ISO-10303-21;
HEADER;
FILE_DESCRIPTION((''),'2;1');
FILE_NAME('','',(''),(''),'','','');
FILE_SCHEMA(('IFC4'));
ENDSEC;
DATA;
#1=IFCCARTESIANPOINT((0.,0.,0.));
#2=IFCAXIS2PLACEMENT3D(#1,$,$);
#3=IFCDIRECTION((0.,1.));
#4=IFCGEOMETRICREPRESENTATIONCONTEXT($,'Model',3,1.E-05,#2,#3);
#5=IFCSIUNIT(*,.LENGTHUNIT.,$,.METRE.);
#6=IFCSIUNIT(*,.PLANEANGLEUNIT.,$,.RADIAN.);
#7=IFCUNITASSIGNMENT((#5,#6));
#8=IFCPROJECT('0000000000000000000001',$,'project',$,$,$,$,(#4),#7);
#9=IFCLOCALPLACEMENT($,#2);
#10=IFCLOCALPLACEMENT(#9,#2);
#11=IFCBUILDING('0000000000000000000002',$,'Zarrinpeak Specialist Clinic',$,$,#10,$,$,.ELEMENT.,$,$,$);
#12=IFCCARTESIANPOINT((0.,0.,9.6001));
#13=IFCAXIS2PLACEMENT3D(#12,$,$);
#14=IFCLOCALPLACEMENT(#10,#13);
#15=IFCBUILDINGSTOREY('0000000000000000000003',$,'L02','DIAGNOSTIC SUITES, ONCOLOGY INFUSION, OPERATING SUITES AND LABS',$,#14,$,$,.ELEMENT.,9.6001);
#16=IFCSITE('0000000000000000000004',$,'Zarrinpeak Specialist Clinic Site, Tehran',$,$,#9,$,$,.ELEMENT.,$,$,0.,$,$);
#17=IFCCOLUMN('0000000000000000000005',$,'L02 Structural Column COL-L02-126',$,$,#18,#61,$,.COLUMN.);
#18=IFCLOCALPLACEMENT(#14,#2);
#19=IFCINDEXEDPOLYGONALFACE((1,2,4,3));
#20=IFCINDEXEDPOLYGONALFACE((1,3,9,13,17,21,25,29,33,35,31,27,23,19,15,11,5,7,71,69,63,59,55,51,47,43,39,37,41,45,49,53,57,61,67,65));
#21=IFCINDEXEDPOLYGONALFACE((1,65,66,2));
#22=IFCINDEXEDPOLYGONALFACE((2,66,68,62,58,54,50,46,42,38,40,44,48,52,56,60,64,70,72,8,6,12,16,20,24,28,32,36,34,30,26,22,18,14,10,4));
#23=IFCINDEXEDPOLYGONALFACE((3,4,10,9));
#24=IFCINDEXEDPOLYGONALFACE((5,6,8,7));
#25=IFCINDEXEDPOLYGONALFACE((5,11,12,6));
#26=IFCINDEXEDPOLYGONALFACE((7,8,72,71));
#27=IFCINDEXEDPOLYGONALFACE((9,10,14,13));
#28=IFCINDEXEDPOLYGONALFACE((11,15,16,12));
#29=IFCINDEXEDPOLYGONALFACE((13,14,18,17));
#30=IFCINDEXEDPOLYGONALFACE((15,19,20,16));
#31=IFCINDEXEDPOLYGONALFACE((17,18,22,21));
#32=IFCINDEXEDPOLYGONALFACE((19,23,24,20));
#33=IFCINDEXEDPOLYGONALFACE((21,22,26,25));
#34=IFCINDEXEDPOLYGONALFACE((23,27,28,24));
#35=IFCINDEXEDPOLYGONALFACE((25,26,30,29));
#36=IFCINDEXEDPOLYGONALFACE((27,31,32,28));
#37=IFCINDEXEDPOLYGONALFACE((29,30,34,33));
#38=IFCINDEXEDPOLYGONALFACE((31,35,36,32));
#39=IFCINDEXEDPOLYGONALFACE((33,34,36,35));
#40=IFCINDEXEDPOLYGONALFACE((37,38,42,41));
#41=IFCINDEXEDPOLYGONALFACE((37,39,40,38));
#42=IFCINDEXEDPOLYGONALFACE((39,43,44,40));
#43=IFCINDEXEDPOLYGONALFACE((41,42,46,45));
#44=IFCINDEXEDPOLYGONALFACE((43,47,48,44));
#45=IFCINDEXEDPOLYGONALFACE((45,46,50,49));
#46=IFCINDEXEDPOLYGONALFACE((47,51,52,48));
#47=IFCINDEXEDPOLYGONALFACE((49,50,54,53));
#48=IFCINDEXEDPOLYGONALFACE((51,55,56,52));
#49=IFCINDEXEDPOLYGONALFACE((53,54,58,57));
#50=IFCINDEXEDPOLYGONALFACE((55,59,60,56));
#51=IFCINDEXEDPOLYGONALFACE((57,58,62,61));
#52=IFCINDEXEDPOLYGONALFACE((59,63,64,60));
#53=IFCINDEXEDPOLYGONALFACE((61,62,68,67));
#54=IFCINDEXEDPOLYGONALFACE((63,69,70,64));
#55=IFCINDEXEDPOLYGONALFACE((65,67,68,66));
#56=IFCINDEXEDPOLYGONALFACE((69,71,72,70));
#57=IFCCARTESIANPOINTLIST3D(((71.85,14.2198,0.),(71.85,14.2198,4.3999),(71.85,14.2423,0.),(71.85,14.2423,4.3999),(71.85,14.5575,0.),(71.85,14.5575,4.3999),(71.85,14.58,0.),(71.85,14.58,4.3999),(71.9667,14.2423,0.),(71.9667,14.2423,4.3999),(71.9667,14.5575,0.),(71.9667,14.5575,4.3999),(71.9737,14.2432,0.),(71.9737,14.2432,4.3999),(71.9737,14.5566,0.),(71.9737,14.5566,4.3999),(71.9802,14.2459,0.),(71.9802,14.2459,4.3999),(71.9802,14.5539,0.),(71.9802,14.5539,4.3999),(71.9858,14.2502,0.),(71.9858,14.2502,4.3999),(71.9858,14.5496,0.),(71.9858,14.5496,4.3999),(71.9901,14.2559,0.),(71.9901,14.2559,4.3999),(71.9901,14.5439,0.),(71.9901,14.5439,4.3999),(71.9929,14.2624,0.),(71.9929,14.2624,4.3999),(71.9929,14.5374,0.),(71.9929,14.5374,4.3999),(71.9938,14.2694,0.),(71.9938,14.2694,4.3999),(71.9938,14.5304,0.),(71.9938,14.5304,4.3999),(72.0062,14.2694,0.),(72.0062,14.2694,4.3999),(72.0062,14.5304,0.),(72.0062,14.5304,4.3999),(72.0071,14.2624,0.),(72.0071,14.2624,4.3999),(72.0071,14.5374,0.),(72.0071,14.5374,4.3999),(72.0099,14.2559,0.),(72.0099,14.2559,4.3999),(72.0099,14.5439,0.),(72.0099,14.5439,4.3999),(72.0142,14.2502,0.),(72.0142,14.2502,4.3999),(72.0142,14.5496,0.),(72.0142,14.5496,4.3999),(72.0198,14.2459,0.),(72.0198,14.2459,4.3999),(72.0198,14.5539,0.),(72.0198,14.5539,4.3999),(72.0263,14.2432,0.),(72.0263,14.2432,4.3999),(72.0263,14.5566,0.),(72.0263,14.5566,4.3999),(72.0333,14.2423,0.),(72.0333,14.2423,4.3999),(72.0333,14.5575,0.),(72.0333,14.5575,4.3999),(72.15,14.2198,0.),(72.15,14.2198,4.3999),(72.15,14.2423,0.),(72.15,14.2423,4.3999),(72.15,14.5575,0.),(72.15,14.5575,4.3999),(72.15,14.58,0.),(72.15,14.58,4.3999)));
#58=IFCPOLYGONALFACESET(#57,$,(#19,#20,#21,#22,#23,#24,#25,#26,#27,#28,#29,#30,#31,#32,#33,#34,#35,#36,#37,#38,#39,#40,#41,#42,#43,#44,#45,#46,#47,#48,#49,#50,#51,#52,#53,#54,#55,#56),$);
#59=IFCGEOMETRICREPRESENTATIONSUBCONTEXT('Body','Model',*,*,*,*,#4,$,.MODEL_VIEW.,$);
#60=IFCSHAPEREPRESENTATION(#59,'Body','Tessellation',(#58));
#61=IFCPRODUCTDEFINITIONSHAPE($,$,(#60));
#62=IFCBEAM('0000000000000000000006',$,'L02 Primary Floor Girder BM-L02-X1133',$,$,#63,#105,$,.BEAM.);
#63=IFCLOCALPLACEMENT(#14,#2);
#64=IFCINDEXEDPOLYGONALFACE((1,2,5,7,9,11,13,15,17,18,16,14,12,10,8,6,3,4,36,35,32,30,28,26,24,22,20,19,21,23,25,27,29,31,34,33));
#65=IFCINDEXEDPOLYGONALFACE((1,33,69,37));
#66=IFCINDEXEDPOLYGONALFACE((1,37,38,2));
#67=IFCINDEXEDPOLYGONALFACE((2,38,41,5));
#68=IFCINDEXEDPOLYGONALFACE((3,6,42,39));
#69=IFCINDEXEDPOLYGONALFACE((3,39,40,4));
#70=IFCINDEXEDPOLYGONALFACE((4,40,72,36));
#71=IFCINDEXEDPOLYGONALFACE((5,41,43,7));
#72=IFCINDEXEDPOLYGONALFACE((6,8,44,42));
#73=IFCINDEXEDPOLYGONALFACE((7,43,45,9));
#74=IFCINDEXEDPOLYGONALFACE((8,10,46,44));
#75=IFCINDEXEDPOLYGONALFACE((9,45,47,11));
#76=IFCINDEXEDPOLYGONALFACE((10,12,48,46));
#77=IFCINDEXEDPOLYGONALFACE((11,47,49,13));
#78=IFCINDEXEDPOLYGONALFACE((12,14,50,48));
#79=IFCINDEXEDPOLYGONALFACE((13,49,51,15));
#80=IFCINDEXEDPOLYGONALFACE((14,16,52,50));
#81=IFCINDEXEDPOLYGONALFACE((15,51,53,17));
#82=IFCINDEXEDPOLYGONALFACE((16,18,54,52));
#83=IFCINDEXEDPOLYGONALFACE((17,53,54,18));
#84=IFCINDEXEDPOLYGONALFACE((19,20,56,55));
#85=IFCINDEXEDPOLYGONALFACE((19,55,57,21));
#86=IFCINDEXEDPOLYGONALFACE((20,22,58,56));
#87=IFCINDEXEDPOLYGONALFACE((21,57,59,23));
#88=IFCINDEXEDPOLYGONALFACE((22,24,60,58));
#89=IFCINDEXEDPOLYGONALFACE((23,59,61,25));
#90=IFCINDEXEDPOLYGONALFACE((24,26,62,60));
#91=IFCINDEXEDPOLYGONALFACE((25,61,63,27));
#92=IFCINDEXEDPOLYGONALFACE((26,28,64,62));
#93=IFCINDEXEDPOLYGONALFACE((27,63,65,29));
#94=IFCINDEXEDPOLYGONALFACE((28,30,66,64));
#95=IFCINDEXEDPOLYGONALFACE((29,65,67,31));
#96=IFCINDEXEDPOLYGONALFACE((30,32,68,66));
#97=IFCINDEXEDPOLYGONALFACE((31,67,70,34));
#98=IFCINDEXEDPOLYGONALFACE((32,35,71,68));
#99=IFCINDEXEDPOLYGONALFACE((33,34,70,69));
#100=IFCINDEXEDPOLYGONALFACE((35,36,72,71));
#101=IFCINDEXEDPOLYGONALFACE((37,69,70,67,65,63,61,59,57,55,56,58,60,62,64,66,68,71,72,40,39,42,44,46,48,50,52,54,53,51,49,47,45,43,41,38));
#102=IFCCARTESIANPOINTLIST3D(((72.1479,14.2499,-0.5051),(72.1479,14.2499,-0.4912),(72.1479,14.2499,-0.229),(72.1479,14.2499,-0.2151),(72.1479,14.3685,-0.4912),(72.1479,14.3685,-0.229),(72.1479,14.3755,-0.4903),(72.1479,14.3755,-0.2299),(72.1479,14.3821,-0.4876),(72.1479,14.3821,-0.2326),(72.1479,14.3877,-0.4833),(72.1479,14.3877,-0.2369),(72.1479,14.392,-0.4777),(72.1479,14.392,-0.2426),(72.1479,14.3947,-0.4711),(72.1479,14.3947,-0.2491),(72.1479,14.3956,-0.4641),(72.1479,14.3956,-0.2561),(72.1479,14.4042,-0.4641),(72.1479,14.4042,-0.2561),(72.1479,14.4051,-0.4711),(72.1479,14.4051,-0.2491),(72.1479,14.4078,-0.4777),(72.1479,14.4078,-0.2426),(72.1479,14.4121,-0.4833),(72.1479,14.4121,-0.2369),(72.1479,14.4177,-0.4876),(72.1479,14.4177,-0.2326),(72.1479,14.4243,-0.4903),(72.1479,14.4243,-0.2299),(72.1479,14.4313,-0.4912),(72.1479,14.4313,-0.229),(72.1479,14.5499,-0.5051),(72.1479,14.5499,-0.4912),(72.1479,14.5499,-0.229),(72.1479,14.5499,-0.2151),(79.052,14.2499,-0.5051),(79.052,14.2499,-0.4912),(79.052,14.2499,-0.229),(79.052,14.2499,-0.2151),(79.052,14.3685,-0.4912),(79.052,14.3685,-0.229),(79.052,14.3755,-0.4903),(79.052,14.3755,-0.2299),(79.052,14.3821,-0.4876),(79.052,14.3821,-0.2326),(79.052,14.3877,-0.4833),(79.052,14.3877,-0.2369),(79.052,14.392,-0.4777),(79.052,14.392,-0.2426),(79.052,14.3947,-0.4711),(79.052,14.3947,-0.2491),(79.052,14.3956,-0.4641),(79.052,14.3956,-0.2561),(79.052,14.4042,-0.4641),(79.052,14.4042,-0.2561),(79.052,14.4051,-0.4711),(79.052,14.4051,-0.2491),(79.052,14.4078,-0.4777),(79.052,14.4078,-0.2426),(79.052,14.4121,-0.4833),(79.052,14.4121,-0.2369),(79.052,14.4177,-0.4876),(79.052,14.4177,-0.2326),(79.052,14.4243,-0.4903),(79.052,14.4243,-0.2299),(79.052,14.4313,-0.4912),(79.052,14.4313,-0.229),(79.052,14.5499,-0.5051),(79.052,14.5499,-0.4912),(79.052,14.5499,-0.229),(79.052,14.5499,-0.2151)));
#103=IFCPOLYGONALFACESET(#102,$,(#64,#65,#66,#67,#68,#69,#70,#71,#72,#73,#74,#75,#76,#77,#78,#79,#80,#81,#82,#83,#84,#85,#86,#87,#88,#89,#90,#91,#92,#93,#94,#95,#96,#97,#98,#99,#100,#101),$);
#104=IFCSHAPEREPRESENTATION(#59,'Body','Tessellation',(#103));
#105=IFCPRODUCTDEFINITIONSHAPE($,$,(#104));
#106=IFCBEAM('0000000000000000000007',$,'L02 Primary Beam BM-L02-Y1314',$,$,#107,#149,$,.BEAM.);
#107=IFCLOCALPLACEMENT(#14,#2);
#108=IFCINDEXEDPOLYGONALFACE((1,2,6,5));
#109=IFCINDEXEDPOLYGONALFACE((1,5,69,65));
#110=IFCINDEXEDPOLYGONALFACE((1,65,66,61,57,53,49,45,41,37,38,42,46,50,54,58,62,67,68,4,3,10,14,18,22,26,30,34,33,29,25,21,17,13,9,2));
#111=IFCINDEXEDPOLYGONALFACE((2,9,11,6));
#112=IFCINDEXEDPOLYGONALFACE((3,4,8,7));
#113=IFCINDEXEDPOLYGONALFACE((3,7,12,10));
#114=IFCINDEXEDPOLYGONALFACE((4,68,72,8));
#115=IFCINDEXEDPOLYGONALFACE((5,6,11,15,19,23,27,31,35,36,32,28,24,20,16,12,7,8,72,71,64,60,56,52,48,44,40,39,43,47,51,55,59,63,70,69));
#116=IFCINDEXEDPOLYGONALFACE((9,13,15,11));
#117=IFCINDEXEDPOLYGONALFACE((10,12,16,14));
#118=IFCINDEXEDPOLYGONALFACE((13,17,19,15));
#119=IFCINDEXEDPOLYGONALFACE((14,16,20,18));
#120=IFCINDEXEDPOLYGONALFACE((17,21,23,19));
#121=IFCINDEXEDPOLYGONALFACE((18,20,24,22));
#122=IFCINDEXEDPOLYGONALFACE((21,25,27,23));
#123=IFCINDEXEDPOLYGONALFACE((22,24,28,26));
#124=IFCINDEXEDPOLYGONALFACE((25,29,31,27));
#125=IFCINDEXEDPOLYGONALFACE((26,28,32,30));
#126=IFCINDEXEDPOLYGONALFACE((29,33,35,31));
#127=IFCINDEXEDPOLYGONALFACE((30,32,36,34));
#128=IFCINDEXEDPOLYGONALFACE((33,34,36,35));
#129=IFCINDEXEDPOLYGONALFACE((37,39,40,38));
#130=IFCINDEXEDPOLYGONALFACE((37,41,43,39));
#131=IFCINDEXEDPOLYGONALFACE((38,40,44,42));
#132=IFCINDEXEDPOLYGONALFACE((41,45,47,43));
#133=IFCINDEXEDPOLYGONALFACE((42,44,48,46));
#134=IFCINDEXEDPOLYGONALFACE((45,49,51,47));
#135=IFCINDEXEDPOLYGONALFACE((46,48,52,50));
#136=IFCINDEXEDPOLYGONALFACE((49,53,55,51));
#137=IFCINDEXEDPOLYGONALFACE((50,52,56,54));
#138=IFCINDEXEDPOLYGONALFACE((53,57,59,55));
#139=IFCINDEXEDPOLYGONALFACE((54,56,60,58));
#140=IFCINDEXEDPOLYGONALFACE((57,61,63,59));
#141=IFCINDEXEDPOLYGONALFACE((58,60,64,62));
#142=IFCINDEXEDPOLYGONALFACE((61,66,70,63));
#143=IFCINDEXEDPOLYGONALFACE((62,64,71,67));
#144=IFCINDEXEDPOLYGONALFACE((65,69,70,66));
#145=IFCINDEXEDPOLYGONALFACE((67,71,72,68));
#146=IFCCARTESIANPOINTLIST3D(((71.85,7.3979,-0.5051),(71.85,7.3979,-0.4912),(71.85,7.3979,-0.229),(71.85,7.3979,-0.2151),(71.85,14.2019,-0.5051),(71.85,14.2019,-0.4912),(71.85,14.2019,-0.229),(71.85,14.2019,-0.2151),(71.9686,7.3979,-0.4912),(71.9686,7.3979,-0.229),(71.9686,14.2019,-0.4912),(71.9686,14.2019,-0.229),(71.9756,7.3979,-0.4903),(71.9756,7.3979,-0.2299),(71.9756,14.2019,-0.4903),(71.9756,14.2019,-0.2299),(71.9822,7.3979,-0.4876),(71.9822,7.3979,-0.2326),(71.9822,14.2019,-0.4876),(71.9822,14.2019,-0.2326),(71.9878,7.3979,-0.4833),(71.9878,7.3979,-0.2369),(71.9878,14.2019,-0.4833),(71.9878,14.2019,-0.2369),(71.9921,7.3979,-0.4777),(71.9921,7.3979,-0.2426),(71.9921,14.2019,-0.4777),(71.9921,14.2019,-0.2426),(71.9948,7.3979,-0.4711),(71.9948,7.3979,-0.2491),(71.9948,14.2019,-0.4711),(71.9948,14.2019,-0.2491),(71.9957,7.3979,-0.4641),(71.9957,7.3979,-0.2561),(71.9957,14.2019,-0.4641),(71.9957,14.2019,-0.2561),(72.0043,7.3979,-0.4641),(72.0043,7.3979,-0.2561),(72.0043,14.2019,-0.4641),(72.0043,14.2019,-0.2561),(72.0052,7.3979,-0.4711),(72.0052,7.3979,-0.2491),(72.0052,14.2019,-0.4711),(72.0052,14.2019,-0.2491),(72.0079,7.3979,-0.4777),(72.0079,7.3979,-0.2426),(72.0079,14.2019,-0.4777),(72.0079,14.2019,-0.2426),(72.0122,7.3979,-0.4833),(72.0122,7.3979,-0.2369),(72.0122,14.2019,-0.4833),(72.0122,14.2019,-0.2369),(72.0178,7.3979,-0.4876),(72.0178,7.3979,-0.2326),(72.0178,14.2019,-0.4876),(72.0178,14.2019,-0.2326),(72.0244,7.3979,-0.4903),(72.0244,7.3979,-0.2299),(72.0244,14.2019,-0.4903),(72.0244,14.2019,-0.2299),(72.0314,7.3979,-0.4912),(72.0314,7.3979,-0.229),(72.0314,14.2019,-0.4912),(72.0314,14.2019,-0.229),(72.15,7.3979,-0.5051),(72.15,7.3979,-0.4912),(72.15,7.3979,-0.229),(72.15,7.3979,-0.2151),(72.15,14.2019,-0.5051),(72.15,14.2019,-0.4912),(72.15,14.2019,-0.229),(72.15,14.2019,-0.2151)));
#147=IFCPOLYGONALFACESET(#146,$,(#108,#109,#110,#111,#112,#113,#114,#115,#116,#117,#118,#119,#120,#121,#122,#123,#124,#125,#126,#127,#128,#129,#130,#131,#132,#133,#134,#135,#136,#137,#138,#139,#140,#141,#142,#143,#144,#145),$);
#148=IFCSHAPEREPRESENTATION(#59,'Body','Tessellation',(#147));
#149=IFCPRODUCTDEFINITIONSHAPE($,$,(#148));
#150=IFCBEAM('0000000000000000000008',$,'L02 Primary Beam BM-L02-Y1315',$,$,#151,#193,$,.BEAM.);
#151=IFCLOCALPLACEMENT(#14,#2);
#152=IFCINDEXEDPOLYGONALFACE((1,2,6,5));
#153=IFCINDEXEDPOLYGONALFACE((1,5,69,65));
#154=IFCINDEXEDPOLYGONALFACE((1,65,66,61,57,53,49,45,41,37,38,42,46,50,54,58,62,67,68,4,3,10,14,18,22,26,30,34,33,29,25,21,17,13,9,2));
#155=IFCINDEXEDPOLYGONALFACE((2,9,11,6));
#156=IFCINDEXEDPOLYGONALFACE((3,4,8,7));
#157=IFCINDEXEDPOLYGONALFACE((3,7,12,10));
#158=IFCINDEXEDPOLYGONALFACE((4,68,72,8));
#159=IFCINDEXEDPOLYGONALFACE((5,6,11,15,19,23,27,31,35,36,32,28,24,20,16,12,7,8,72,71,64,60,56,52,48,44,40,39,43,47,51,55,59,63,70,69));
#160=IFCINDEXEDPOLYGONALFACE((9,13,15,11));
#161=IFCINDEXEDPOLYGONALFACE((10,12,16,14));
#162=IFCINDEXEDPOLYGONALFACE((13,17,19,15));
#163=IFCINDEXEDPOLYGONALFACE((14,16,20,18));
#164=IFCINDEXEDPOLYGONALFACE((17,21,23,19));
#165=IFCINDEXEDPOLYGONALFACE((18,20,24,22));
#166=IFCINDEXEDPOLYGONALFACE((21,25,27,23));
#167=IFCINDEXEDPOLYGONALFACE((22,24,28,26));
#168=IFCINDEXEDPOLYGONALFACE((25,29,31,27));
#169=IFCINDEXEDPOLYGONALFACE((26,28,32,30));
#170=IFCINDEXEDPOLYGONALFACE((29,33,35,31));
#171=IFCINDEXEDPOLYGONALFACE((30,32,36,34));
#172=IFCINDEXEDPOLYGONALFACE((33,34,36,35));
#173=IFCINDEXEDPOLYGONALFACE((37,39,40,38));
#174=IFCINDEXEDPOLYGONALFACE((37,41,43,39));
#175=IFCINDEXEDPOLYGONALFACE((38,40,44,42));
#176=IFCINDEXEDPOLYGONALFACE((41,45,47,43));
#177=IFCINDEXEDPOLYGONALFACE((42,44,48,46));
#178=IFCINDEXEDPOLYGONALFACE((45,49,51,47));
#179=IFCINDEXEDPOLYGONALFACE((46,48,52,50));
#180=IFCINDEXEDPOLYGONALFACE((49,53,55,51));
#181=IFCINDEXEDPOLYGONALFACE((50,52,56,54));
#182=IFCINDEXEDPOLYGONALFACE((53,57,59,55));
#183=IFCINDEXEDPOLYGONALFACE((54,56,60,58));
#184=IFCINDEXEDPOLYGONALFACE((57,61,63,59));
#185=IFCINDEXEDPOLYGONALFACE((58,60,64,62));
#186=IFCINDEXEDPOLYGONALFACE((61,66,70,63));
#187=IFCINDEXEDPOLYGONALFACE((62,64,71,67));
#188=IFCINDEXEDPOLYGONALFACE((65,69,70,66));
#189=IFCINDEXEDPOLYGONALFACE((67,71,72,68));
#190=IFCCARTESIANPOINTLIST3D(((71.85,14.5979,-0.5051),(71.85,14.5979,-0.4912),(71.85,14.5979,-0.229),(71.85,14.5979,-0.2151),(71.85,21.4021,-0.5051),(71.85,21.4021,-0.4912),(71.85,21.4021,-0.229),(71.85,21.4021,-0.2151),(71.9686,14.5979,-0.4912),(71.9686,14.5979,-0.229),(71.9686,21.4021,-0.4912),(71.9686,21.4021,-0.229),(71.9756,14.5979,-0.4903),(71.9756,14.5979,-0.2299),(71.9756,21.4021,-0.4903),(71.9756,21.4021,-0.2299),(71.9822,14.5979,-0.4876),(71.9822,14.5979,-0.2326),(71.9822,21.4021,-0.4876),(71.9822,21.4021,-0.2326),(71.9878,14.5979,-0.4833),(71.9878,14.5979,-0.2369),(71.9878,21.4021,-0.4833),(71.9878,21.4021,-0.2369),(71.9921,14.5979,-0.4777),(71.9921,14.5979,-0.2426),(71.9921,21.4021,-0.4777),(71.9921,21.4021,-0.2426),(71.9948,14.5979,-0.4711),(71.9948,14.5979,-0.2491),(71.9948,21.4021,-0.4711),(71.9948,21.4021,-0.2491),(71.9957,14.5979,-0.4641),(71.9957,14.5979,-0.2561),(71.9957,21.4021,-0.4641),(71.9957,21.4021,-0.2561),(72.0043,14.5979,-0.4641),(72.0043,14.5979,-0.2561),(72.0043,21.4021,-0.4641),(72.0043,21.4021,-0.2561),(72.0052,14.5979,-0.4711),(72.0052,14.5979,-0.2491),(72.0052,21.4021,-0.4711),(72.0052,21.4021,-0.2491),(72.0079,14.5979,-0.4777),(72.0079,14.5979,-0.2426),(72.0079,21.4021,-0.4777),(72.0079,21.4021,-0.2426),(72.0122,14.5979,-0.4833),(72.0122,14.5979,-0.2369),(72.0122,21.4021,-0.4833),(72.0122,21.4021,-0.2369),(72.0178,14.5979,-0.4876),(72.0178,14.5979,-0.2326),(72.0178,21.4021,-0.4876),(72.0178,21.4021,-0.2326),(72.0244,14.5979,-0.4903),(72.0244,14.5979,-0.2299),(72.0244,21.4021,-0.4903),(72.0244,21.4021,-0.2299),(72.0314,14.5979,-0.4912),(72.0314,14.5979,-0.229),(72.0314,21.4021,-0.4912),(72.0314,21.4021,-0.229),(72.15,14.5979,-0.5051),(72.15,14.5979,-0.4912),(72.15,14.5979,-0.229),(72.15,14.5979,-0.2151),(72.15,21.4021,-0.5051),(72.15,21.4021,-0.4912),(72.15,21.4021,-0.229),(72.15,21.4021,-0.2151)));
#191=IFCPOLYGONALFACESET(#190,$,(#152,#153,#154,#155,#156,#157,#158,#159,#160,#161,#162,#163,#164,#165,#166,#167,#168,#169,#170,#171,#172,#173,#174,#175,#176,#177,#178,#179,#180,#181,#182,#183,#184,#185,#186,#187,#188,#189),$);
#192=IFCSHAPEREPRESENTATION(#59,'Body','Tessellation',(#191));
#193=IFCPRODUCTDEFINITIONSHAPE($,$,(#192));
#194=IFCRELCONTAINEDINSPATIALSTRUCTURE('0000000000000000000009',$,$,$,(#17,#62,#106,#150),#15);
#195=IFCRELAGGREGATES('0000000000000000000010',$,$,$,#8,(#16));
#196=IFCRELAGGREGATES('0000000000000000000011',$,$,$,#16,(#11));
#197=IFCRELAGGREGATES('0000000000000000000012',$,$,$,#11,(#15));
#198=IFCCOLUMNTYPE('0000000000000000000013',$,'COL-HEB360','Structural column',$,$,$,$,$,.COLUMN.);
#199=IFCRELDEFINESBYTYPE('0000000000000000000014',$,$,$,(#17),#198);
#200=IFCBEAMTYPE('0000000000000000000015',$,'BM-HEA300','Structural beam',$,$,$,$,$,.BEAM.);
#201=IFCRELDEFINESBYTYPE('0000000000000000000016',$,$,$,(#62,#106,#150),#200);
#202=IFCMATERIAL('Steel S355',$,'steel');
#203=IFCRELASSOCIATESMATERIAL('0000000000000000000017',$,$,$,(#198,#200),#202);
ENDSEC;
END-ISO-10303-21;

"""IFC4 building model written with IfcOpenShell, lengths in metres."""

from ifc_helpers import new_model, si_unit, direction, frame, origin, origin_2d, place, context, subcontext, project, spatial, i_section, extrude, material, material_profile, profile_set, type_object, element, save


model = new_model("IFC4")

# Units and contexts
model_context = context("Model", 3, precision=1e-05, world=origin(), true_north=direction((0.0, 1.0)))
body_context = subcontext(model_context, "Body", "Model", "MODEL_VIEW")
ifc_project = project(units=[si_unit("LENGTHUNIT", "METRE"), si_unit("PLANEANGLEUNIT", "RADIAN")], contexts=[model_context])

# Site, building, storey
site_placement = place(None, origin())
site = spatial("IfcSite", under=ifc_project, at=site_placement, Name="Zarrinpeak Specialist Clinic Site, Tehran", CompositionType="ELEMENT", RefElevation=0.0)
building_placement = place(site_placement, origin())
building = spatial("IfcBuilding", under=site, at=building_placement, Name="Zarrinpeak Specialist Clinic", CompositionType="ELEMENT")
storey_placement = place(building_placement, frame((0.0, 0.0, 9.6001)))
storey = spatial("IfcBuildingStorey", under=building, at=storey_placement, Name="L02", Description="DIAGNOSTIC SUITES, ONCOLOGY INFUSION, OPERATING SUITES AND LABS", CompositionType="ELEMENT", Elevation=9.6001)

# Column
ifc_material_1 = material(Name="Steel S355", Category="steel")
ifc_material_profile_1 = material_profile(ifc_material_1, i_section(OverallWidth=0.3, OverallDepth=0.3601, WebThickness=0.0125, FlangeThickness=0.0225, FilletRadius=0.0271, at=origin_2d()), Name="HEB 360")
ifc_profile_set_1 = profile_set([ifc_material_profile_1], Name="Steel S355")
column_type = type_object("IfcColumnType", Name="COL-HEB360", Description="Structural column", PredefinedType="COLUMN", material=ifc_profile_set_1)
column_placement = place(storey_placement, frame((72.0, 14.3999, 0.0), z_axis=(0.0, 0.0, 1.0), x_axis=(1.0, 0.0, 0.0)))
element("IfcColumn", 1, at=column_placement, inside=storey, type_object=column_type, Name="L02 Structural Column COL-L02-126", PredefinedType="COLUMN", context=body_context, shape_type="SweptSolid", body=[
    extrude(i_section(OverallWidth=0.3, OverallDepth=0.3601, WebThickness=0.0125, FlangeThickness=0.0225, FilletRadius=0.0271, at=origin_2d()), origin(), (0.0, 0.0, 1.0), 4.3999),
])

# Beams
ifc_material_profile_2 = material_profile(ifc_material_1, i_section(OverallWidth=0.3, OverallDepth=0.29, WebThickness=0.0085, FlangeThickness=0.0139, FilletRadius=0.0271, at=origin_2d()), Name="HEA 300")
ifc_profile_set_2 = profile_set([ifc_material_profile_2], Name="Steel S355")
beam_type_1 = type_object("IfcBeamType", Name="BM-HEA300", Description="Structural beam", PredefinedType="BEAM", material=ifc_profile_set_2)
beam_1_placement = place(storey_placement, frame((72.1479, 14.3999, -0.3601), z_axis=(1.0, 0.0, 0.0), x_axis=(0.0, 1.0, 0.0)))
element("IfcBeam", 2, at=beam_1_placement, inside=storey, type_object=beam_type_1, Name="L02 Primary Floor Girder BM-L02-X1133", PredefinedType="BEAM", context=body_context, shape_type="SweptSolid", body=[
    extrude(i_section(OverallWidth=0.3, OverallDepth=0.29, WebThickness=0.0085, FlangeThickness=0.0139, FilletRadius=0.0271, at=origin_2d()), origin(), (0.0, 0.0, 1.0), 6.9041),
])
beam_2_placement = place(storey_placement, frame((72.0, 7.3979, -0.3601), z_axis=(0.0, 1.0, 0.0), x_axis=(-1.0, 0.0, 0.0)))
element("IfcBeam", 3, at=beam_2_placement, inside=storey, type_object=beam_type_1, Name="L02 Primary Beam BM-L02-Y1314", PredefinedType="BEAM", context=body_context, shape_type="SweptSolid", body=[
    extrude(i_section(OverallWidth=0.3, OverallDepth=0.29, WebThickness=0.0085, FlangeThickness=0.0139, FilletRadius=0.0271, at=origin_2d()), origin(), (0.0, 0.0, 1.0), 6.804),
])
beam_3_placement = place(storey_placement, frame((72.0, 14.5979, -0.3601), z_axis=(0.0, 1.0, 0.0), x_axis=(-1.0, 0.0, 0.0)))
element("IfcBeam", 4, at=beam_3_placement, inside=storey, type_object=beam_type_1, Name="L02 Primary Beam BM-L02-Y1315", PredefinedType="BEAM", context=body_context, shape_type="SweptSolid", body=[
    extrude(i_section(OverallWidth=0.3, OverallDepth=0.29, WebThickness=0.0085, FlangeThickness=0.0139, FilletRadius=0.0271, at=origin_2d()), origin(), (0.0, 0.0, 1.0), 6.8042),
])

save(model, "model.ifc")
